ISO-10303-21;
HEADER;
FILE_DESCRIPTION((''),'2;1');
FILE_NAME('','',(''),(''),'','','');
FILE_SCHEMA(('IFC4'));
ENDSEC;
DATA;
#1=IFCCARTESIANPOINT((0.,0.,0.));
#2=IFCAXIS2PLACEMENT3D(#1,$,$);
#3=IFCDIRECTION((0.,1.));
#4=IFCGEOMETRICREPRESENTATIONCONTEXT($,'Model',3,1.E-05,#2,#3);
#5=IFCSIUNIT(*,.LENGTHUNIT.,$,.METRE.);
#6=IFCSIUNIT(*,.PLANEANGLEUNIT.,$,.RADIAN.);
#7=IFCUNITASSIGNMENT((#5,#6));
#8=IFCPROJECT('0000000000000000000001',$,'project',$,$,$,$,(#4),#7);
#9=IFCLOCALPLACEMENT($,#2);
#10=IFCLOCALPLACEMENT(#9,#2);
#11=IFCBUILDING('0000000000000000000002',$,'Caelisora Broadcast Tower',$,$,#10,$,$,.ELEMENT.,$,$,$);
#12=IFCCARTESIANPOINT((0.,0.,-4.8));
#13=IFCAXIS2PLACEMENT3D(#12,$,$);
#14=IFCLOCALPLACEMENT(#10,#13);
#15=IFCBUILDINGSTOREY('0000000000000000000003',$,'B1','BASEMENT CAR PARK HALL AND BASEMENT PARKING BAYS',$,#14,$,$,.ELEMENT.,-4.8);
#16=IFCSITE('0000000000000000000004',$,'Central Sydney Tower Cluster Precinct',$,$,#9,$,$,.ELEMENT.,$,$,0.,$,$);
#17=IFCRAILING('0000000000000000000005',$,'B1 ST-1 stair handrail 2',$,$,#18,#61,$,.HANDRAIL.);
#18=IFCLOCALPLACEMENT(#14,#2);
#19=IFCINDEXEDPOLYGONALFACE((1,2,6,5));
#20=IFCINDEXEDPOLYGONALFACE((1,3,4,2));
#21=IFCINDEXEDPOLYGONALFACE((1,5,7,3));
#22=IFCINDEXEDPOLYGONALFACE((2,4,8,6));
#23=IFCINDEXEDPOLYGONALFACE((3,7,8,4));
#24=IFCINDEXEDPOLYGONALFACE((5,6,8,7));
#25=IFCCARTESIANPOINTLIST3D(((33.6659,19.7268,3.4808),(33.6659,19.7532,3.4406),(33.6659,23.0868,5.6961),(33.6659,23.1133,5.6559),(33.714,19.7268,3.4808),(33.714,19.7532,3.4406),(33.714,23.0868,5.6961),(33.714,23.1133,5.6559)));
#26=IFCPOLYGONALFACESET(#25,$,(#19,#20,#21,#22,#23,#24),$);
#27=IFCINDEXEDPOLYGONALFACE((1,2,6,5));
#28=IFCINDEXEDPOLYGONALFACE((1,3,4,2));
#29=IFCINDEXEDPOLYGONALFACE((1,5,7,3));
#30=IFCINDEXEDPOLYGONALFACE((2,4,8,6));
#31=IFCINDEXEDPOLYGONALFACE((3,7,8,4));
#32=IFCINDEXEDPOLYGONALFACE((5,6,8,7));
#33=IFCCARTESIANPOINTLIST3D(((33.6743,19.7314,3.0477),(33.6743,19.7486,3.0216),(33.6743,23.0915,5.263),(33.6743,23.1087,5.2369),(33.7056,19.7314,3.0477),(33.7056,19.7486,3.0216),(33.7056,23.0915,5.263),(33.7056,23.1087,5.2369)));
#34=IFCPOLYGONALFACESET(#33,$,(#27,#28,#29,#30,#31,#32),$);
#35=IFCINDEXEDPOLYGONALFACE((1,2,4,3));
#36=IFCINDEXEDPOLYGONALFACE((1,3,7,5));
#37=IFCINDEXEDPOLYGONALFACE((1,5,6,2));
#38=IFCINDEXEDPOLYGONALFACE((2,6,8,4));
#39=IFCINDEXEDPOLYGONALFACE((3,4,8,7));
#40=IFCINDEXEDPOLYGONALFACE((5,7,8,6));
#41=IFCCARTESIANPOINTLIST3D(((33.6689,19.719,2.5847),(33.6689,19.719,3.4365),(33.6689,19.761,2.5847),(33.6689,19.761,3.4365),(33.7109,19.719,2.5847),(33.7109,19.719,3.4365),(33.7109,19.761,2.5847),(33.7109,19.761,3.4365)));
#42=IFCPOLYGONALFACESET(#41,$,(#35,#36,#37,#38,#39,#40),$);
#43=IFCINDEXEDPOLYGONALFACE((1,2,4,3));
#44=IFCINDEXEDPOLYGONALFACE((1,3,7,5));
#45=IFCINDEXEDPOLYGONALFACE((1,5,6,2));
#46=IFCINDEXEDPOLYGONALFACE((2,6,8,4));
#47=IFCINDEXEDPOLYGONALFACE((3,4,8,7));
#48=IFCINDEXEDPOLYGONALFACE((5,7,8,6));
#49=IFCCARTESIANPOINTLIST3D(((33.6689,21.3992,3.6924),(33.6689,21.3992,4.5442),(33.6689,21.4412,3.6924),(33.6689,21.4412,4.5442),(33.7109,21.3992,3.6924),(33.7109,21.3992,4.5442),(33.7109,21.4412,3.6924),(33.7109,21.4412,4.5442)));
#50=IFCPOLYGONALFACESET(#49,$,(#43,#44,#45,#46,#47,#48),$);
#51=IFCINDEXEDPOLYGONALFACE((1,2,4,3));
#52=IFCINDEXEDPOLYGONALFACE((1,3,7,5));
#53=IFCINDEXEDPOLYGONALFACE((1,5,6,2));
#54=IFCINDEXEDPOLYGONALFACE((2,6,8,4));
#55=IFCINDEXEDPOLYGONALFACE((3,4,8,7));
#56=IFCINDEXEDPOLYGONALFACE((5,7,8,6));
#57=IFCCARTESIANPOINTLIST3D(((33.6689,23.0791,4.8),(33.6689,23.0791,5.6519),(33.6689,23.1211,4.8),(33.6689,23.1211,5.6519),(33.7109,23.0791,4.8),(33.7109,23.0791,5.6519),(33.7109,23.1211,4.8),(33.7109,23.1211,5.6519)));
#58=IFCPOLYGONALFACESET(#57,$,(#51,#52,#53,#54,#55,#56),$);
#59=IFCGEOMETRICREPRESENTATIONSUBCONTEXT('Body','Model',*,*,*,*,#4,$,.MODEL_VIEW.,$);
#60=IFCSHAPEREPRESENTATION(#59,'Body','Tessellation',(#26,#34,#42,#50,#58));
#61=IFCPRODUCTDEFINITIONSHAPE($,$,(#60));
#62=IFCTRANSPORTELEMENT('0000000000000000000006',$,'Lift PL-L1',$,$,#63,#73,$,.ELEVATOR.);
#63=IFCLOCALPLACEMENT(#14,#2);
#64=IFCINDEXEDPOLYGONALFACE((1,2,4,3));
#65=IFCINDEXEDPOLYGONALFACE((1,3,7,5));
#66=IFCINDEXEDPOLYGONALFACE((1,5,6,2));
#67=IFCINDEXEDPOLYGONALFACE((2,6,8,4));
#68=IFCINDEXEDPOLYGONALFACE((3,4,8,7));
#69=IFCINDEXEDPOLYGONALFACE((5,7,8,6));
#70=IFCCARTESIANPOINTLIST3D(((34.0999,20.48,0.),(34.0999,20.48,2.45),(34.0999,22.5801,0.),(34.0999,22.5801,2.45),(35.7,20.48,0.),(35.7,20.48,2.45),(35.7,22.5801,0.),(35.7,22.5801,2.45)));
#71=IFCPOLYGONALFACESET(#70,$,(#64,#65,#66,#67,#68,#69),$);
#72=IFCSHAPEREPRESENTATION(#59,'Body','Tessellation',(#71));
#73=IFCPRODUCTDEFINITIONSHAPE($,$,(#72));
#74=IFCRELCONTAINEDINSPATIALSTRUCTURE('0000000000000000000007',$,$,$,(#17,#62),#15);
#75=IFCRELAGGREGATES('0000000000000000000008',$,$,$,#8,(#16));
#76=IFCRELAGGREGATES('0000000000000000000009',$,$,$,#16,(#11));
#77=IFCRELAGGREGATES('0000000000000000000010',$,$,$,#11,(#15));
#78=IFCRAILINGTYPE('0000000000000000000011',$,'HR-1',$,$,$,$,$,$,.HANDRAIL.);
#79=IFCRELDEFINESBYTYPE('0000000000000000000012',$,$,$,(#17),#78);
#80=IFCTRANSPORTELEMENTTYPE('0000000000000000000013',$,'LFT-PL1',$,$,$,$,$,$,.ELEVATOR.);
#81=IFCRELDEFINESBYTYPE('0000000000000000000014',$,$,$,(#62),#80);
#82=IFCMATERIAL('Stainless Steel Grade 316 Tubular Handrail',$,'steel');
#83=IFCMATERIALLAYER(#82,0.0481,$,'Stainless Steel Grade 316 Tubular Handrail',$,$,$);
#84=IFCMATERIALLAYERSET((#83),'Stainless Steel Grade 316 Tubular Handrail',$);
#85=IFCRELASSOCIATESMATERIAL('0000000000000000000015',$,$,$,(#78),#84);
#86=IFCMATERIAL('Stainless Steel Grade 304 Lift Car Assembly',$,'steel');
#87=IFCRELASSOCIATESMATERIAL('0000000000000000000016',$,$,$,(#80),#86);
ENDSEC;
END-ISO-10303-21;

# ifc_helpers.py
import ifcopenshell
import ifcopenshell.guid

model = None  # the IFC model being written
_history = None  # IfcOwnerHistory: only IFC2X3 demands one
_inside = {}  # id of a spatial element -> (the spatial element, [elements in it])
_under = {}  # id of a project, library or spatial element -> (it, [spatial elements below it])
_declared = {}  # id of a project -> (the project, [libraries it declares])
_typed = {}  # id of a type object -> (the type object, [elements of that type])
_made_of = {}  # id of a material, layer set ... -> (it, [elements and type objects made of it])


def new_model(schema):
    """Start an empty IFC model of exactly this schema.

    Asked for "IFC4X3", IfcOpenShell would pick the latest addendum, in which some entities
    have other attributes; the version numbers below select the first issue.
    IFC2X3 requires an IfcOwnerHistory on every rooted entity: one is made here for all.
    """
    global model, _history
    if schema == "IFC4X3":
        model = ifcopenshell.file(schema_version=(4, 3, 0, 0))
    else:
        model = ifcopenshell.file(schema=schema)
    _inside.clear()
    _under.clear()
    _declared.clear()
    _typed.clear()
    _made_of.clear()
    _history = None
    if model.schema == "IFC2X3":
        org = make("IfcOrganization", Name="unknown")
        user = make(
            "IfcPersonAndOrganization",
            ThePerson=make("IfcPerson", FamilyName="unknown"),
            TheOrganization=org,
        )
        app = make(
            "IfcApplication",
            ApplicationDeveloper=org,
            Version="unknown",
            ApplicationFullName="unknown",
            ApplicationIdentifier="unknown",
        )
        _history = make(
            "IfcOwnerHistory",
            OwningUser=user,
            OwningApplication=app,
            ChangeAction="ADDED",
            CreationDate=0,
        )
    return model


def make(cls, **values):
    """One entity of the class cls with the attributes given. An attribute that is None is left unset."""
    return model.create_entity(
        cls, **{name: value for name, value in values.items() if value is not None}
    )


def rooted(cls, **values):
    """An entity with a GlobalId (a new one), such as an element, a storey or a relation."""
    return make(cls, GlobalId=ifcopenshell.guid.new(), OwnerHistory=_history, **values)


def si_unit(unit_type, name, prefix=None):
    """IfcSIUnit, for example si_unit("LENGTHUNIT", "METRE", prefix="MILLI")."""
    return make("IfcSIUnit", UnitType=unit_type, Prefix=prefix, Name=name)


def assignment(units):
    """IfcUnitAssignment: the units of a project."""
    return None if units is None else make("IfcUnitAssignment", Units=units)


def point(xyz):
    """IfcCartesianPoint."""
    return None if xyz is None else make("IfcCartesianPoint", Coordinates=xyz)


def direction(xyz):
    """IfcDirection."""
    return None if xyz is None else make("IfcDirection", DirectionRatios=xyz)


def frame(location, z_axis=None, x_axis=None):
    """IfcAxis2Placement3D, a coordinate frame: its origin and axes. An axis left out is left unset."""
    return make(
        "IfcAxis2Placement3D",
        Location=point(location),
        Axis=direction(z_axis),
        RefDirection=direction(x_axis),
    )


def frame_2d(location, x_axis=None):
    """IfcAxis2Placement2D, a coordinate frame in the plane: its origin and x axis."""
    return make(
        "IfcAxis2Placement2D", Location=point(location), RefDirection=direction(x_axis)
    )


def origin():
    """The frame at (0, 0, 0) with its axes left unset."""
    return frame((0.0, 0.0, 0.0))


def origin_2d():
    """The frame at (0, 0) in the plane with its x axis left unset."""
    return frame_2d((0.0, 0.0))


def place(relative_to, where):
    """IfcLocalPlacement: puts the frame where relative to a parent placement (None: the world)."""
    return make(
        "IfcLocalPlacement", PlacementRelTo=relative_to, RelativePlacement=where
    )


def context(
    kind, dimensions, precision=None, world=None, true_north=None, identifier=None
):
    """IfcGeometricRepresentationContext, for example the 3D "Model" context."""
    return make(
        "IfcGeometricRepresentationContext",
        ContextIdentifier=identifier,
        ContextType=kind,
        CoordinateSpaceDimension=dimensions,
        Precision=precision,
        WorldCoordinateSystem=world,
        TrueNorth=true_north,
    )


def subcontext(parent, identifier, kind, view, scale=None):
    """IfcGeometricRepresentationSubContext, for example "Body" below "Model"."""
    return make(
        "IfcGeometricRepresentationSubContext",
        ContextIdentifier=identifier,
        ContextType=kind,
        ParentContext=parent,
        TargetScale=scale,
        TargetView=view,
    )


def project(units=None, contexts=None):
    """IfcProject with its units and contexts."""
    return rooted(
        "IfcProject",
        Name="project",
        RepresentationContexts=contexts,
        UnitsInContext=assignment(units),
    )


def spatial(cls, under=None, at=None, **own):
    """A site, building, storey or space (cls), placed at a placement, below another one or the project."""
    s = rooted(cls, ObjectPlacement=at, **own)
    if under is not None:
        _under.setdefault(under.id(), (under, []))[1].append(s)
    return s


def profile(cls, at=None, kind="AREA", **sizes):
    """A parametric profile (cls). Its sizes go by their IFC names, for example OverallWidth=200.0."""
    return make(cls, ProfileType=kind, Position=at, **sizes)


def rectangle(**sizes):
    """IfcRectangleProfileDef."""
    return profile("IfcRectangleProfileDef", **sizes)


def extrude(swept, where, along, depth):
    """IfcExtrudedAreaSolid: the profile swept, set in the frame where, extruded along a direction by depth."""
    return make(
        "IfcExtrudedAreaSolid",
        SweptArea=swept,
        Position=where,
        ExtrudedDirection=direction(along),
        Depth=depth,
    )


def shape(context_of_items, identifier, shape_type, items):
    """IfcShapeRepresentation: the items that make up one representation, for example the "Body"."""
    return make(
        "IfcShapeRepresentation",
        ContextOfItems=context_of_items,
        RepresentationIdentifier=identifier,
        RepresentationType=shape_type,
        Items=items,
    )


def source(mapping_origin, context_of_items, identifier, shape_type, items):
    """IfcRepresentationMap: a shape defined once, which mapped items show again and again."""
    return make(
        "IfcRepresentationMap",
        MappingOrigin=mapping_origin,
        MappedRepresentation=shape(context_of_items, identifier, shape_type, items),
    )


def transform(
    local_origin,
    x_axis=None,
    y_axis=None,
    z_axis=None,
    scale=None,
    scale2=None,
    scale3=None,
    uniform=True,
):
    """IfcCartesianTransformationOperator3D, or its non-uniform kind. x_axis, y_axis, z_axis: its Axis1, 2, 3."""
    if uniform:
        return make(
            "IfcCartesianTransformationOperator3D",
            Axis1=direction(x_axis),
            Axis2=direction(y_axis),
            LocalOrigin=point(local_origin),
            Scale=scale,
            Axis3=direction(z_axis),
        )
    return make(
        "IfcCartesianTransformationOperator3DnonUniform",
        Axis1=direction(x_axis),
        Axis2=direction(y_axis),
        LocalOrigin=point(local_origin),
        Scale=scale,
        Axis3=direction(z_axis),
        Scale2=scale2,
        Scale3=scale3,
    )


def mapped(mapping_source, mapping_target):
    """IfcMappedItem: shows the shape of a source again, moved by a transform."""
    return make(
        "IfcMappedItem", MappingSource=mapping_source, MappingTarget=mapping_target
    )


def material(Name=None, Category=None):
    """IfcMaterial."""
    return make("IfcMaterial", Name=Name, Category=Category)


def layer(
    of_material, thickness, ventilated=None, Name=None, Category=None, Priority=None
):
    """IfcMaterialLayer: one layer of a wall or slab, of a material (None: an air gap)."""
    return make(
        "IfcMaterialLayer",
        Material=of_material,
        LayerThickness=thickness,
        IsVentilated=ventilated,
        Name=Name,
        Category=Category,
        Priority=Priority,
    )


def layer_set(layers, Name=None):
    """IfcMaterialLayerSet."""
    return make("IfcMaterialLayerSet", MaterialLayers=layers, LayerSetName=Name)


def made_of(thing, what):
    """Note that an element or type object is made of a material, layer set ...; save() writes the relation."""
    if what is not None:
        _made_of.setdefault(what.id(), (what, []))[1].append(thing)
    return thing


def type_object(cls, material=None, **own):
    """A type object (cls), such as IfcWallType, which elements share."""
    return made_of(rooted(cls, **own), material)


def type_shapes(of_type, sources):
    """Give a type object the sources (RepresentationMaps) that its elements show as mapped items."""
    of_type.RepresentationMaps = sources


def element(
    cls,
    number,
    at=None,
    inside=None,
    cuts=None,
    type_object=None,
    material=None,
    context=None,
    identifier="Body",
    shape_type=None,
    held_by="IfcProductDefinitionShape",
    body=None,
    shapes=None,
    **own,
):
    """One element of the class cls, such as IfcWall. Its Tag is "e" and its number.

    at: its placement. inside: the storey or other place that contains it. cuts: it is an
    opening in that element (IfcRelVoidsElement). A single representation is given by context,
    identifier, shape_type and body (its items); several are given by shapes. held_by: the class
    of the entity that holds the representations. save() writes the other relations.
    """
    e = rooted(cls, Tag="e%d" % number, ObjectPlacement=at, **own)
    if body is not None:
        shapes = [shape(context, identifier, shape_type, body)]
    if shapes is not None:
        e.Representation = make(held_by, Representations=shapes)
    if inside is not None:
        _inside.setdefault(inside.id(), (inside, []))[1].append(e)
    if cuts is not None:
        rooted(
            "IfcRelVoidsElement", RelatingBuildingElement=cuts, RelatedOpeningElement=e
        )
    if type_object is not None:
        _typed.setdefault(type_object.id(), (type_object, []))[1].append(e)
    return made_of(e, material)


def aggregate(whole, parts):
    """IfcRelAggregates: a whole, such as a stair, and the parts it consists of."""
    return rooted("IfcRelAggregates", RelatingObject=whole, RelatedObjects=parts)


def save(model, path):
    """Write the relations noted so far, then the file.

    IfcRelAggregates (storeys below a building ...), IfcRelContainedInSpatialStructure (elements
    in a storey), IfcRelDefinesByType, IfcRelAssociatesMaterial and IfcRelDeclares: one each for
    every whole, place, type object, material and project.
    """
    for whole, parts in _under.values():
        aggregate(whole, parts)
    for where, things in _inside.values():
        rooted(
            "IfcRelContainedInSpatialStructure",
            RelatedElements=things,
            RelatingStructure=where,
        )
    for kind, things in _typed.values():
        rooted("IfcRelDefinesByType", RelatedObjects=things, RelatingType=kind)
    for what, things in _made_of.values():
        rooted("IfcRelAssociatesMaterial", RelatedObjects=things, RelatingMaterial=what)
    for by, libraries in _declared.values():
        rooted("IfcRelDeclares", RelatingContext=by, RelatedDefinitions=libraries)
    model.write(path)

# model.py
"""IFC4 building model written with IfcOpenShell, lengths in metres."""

from ifc_helpers import new_model, si_unit, direction, frame, origin, origin_2d, place, context, subcontext, project, spatial, rectangle, extrude, source, transform, mapped, material, layer, layer_set, type_object, type_shapes, element, save


model = new_model("IFC4")

# Units and contexts
model_context = context("Model", 3, precision=1e-05, world=origin(), true_north=direction((0.0, 1.0)))
body_context = subcontext(model_context, "Body", "Model", "MODEL_VIEW")
ifc_project = project(units=[si_unit("LENGTHUNIT", "METRE"), si_unit("PLANEANGLEUNIT", "RADIAN")], contexts=[model_context])

# Site, building, storey
site_placement = place(None, origin())
site = spatial("IfcSite", under=ifc_project, at=site_placement, Name="Central Sydney Tower Cluster Precinct", CompositionType="ELEMENT", RefElevation=0.0)
building_placement = place(site_placement, origin())
building = spatial("IfcBuilding", under=site, at=building_placement, Name="Caelisora Broadcast Tower", CompositionType="ELEMENT")
storey_placement = place(building_placement, frame((0.0, 0.0, -4.8)))
storey = spatial("IfcBuildingStorey", under=building, at=storey_placement, Name="B1", Description="BASEMENT CAR PARK HALL AND BASEMENT PARKING BAYS", CompositionType="ELEMENT", Elevation=-4.8)

# Railing
ifc_material_1 = material(Name="Stainless Steel Grade 316 Tubular Handrail", Category="steel")
ifc_layer_1 = layer(ifc_material_1, 0.0481, Name="Stainless Steel Grade 316 Tubular Handrail")
ifc_layer_set_1 = layer_set([ifc_layer_1], Name="Stainless Steel Grade 316 Tubular Handrail")
railing_type_1 = type_object("IfcRailingType", Name="HR-1", PredefinedType="HANDRAIL", material=ifc_layer_set_1)
railing_1_placement = place(storey_placement, frame((33.6899, 19.74, 2.5847)))
element("IfcRailing", 1, at=railing_1_placement, inside=storey, type_object=railing_type_1, Name="B1 ST-1 stair handrail 2", PredefinedType="HANDRAIL", context=body_context, shape_type="SweptSolid", body=[
    extrude(rectangle(XDim=0.0481, YDim=0.0481, at=origin_2d()), frame((0.0, 0.0, 0.876), z_axis=(0.0, 0.834876, 0.550437), x_axis=(-1.0, 0.0, 0.0)), (0.0, 0.0, 1.0), 4.0247),
    extrude(rectangle(XDim=0.0312, YDim=0.0312, at=origin_2d()), frame((0.0, 0.0, 0.45), z_axis=(0.0, 0.834876, 0.550437), x_axis=(-1.0, 0.0, 0.0)), (0.0, 0.0, 1.0), 4.0247),
    extrude(rectangle(XDim=0.042, YDim=0.042, at=origin_2d()), origin(), (0.0, 0.0, 1.0), 0.8518),
    extrude(rectangle(XDim=0.042, YDim=0.042, at=origin_2d()), frame((0.0, 1.6802, 1.1077)), (0.0, 0.0, 1.0), 0.8518),
    extrude(rectangle(XDim=0.042, YDim=0.042, at=origin_2d()), frame((0.0, 3.3601, 2.2153)), (0.0, 0.0, 1.0), 0.8518),
])

# Transport element
ifc_material_2 = material(Name="Stainless Steel Grade 304 Lift Car Assembly", Category="steel")
transport_element_type = type_object("IfcTransportElementType", Name="LFT-PL1", PredefinedType="ELEVATOR", material=ifc_material_2)
shared_shape_1 = source(origin(), body_context, "Body", "SweptSolid", [
    extrude(rectangle(XDim=1.6001, YDim=2.1001, at=origin_2d()), origin(), (0.0, 0.0, 1.0), 2.45),
])
type_shapes(transport_element_type, [shared_shape_1])
transport_element_placement = place(storey_placement, frame((34.8999, 21.53, 0.0), z_axis=(0.0, 0.0, 1.0), x_axis=(1.0, 0.0, 0.0)))
element("IfcTransportElement", 2, at=transport_element_placement, inside=storey, type_object=transport_element_type, Name="Lift PL-L1", PredefinedType="ELEVATOR", context=body_context, shape_type="MappedRepresentation", body=[
    mapped(shared_shape_1, transform((0.0, 0.0, 0.0), scale=1.0)),
])

save(model, "model.ifc")
